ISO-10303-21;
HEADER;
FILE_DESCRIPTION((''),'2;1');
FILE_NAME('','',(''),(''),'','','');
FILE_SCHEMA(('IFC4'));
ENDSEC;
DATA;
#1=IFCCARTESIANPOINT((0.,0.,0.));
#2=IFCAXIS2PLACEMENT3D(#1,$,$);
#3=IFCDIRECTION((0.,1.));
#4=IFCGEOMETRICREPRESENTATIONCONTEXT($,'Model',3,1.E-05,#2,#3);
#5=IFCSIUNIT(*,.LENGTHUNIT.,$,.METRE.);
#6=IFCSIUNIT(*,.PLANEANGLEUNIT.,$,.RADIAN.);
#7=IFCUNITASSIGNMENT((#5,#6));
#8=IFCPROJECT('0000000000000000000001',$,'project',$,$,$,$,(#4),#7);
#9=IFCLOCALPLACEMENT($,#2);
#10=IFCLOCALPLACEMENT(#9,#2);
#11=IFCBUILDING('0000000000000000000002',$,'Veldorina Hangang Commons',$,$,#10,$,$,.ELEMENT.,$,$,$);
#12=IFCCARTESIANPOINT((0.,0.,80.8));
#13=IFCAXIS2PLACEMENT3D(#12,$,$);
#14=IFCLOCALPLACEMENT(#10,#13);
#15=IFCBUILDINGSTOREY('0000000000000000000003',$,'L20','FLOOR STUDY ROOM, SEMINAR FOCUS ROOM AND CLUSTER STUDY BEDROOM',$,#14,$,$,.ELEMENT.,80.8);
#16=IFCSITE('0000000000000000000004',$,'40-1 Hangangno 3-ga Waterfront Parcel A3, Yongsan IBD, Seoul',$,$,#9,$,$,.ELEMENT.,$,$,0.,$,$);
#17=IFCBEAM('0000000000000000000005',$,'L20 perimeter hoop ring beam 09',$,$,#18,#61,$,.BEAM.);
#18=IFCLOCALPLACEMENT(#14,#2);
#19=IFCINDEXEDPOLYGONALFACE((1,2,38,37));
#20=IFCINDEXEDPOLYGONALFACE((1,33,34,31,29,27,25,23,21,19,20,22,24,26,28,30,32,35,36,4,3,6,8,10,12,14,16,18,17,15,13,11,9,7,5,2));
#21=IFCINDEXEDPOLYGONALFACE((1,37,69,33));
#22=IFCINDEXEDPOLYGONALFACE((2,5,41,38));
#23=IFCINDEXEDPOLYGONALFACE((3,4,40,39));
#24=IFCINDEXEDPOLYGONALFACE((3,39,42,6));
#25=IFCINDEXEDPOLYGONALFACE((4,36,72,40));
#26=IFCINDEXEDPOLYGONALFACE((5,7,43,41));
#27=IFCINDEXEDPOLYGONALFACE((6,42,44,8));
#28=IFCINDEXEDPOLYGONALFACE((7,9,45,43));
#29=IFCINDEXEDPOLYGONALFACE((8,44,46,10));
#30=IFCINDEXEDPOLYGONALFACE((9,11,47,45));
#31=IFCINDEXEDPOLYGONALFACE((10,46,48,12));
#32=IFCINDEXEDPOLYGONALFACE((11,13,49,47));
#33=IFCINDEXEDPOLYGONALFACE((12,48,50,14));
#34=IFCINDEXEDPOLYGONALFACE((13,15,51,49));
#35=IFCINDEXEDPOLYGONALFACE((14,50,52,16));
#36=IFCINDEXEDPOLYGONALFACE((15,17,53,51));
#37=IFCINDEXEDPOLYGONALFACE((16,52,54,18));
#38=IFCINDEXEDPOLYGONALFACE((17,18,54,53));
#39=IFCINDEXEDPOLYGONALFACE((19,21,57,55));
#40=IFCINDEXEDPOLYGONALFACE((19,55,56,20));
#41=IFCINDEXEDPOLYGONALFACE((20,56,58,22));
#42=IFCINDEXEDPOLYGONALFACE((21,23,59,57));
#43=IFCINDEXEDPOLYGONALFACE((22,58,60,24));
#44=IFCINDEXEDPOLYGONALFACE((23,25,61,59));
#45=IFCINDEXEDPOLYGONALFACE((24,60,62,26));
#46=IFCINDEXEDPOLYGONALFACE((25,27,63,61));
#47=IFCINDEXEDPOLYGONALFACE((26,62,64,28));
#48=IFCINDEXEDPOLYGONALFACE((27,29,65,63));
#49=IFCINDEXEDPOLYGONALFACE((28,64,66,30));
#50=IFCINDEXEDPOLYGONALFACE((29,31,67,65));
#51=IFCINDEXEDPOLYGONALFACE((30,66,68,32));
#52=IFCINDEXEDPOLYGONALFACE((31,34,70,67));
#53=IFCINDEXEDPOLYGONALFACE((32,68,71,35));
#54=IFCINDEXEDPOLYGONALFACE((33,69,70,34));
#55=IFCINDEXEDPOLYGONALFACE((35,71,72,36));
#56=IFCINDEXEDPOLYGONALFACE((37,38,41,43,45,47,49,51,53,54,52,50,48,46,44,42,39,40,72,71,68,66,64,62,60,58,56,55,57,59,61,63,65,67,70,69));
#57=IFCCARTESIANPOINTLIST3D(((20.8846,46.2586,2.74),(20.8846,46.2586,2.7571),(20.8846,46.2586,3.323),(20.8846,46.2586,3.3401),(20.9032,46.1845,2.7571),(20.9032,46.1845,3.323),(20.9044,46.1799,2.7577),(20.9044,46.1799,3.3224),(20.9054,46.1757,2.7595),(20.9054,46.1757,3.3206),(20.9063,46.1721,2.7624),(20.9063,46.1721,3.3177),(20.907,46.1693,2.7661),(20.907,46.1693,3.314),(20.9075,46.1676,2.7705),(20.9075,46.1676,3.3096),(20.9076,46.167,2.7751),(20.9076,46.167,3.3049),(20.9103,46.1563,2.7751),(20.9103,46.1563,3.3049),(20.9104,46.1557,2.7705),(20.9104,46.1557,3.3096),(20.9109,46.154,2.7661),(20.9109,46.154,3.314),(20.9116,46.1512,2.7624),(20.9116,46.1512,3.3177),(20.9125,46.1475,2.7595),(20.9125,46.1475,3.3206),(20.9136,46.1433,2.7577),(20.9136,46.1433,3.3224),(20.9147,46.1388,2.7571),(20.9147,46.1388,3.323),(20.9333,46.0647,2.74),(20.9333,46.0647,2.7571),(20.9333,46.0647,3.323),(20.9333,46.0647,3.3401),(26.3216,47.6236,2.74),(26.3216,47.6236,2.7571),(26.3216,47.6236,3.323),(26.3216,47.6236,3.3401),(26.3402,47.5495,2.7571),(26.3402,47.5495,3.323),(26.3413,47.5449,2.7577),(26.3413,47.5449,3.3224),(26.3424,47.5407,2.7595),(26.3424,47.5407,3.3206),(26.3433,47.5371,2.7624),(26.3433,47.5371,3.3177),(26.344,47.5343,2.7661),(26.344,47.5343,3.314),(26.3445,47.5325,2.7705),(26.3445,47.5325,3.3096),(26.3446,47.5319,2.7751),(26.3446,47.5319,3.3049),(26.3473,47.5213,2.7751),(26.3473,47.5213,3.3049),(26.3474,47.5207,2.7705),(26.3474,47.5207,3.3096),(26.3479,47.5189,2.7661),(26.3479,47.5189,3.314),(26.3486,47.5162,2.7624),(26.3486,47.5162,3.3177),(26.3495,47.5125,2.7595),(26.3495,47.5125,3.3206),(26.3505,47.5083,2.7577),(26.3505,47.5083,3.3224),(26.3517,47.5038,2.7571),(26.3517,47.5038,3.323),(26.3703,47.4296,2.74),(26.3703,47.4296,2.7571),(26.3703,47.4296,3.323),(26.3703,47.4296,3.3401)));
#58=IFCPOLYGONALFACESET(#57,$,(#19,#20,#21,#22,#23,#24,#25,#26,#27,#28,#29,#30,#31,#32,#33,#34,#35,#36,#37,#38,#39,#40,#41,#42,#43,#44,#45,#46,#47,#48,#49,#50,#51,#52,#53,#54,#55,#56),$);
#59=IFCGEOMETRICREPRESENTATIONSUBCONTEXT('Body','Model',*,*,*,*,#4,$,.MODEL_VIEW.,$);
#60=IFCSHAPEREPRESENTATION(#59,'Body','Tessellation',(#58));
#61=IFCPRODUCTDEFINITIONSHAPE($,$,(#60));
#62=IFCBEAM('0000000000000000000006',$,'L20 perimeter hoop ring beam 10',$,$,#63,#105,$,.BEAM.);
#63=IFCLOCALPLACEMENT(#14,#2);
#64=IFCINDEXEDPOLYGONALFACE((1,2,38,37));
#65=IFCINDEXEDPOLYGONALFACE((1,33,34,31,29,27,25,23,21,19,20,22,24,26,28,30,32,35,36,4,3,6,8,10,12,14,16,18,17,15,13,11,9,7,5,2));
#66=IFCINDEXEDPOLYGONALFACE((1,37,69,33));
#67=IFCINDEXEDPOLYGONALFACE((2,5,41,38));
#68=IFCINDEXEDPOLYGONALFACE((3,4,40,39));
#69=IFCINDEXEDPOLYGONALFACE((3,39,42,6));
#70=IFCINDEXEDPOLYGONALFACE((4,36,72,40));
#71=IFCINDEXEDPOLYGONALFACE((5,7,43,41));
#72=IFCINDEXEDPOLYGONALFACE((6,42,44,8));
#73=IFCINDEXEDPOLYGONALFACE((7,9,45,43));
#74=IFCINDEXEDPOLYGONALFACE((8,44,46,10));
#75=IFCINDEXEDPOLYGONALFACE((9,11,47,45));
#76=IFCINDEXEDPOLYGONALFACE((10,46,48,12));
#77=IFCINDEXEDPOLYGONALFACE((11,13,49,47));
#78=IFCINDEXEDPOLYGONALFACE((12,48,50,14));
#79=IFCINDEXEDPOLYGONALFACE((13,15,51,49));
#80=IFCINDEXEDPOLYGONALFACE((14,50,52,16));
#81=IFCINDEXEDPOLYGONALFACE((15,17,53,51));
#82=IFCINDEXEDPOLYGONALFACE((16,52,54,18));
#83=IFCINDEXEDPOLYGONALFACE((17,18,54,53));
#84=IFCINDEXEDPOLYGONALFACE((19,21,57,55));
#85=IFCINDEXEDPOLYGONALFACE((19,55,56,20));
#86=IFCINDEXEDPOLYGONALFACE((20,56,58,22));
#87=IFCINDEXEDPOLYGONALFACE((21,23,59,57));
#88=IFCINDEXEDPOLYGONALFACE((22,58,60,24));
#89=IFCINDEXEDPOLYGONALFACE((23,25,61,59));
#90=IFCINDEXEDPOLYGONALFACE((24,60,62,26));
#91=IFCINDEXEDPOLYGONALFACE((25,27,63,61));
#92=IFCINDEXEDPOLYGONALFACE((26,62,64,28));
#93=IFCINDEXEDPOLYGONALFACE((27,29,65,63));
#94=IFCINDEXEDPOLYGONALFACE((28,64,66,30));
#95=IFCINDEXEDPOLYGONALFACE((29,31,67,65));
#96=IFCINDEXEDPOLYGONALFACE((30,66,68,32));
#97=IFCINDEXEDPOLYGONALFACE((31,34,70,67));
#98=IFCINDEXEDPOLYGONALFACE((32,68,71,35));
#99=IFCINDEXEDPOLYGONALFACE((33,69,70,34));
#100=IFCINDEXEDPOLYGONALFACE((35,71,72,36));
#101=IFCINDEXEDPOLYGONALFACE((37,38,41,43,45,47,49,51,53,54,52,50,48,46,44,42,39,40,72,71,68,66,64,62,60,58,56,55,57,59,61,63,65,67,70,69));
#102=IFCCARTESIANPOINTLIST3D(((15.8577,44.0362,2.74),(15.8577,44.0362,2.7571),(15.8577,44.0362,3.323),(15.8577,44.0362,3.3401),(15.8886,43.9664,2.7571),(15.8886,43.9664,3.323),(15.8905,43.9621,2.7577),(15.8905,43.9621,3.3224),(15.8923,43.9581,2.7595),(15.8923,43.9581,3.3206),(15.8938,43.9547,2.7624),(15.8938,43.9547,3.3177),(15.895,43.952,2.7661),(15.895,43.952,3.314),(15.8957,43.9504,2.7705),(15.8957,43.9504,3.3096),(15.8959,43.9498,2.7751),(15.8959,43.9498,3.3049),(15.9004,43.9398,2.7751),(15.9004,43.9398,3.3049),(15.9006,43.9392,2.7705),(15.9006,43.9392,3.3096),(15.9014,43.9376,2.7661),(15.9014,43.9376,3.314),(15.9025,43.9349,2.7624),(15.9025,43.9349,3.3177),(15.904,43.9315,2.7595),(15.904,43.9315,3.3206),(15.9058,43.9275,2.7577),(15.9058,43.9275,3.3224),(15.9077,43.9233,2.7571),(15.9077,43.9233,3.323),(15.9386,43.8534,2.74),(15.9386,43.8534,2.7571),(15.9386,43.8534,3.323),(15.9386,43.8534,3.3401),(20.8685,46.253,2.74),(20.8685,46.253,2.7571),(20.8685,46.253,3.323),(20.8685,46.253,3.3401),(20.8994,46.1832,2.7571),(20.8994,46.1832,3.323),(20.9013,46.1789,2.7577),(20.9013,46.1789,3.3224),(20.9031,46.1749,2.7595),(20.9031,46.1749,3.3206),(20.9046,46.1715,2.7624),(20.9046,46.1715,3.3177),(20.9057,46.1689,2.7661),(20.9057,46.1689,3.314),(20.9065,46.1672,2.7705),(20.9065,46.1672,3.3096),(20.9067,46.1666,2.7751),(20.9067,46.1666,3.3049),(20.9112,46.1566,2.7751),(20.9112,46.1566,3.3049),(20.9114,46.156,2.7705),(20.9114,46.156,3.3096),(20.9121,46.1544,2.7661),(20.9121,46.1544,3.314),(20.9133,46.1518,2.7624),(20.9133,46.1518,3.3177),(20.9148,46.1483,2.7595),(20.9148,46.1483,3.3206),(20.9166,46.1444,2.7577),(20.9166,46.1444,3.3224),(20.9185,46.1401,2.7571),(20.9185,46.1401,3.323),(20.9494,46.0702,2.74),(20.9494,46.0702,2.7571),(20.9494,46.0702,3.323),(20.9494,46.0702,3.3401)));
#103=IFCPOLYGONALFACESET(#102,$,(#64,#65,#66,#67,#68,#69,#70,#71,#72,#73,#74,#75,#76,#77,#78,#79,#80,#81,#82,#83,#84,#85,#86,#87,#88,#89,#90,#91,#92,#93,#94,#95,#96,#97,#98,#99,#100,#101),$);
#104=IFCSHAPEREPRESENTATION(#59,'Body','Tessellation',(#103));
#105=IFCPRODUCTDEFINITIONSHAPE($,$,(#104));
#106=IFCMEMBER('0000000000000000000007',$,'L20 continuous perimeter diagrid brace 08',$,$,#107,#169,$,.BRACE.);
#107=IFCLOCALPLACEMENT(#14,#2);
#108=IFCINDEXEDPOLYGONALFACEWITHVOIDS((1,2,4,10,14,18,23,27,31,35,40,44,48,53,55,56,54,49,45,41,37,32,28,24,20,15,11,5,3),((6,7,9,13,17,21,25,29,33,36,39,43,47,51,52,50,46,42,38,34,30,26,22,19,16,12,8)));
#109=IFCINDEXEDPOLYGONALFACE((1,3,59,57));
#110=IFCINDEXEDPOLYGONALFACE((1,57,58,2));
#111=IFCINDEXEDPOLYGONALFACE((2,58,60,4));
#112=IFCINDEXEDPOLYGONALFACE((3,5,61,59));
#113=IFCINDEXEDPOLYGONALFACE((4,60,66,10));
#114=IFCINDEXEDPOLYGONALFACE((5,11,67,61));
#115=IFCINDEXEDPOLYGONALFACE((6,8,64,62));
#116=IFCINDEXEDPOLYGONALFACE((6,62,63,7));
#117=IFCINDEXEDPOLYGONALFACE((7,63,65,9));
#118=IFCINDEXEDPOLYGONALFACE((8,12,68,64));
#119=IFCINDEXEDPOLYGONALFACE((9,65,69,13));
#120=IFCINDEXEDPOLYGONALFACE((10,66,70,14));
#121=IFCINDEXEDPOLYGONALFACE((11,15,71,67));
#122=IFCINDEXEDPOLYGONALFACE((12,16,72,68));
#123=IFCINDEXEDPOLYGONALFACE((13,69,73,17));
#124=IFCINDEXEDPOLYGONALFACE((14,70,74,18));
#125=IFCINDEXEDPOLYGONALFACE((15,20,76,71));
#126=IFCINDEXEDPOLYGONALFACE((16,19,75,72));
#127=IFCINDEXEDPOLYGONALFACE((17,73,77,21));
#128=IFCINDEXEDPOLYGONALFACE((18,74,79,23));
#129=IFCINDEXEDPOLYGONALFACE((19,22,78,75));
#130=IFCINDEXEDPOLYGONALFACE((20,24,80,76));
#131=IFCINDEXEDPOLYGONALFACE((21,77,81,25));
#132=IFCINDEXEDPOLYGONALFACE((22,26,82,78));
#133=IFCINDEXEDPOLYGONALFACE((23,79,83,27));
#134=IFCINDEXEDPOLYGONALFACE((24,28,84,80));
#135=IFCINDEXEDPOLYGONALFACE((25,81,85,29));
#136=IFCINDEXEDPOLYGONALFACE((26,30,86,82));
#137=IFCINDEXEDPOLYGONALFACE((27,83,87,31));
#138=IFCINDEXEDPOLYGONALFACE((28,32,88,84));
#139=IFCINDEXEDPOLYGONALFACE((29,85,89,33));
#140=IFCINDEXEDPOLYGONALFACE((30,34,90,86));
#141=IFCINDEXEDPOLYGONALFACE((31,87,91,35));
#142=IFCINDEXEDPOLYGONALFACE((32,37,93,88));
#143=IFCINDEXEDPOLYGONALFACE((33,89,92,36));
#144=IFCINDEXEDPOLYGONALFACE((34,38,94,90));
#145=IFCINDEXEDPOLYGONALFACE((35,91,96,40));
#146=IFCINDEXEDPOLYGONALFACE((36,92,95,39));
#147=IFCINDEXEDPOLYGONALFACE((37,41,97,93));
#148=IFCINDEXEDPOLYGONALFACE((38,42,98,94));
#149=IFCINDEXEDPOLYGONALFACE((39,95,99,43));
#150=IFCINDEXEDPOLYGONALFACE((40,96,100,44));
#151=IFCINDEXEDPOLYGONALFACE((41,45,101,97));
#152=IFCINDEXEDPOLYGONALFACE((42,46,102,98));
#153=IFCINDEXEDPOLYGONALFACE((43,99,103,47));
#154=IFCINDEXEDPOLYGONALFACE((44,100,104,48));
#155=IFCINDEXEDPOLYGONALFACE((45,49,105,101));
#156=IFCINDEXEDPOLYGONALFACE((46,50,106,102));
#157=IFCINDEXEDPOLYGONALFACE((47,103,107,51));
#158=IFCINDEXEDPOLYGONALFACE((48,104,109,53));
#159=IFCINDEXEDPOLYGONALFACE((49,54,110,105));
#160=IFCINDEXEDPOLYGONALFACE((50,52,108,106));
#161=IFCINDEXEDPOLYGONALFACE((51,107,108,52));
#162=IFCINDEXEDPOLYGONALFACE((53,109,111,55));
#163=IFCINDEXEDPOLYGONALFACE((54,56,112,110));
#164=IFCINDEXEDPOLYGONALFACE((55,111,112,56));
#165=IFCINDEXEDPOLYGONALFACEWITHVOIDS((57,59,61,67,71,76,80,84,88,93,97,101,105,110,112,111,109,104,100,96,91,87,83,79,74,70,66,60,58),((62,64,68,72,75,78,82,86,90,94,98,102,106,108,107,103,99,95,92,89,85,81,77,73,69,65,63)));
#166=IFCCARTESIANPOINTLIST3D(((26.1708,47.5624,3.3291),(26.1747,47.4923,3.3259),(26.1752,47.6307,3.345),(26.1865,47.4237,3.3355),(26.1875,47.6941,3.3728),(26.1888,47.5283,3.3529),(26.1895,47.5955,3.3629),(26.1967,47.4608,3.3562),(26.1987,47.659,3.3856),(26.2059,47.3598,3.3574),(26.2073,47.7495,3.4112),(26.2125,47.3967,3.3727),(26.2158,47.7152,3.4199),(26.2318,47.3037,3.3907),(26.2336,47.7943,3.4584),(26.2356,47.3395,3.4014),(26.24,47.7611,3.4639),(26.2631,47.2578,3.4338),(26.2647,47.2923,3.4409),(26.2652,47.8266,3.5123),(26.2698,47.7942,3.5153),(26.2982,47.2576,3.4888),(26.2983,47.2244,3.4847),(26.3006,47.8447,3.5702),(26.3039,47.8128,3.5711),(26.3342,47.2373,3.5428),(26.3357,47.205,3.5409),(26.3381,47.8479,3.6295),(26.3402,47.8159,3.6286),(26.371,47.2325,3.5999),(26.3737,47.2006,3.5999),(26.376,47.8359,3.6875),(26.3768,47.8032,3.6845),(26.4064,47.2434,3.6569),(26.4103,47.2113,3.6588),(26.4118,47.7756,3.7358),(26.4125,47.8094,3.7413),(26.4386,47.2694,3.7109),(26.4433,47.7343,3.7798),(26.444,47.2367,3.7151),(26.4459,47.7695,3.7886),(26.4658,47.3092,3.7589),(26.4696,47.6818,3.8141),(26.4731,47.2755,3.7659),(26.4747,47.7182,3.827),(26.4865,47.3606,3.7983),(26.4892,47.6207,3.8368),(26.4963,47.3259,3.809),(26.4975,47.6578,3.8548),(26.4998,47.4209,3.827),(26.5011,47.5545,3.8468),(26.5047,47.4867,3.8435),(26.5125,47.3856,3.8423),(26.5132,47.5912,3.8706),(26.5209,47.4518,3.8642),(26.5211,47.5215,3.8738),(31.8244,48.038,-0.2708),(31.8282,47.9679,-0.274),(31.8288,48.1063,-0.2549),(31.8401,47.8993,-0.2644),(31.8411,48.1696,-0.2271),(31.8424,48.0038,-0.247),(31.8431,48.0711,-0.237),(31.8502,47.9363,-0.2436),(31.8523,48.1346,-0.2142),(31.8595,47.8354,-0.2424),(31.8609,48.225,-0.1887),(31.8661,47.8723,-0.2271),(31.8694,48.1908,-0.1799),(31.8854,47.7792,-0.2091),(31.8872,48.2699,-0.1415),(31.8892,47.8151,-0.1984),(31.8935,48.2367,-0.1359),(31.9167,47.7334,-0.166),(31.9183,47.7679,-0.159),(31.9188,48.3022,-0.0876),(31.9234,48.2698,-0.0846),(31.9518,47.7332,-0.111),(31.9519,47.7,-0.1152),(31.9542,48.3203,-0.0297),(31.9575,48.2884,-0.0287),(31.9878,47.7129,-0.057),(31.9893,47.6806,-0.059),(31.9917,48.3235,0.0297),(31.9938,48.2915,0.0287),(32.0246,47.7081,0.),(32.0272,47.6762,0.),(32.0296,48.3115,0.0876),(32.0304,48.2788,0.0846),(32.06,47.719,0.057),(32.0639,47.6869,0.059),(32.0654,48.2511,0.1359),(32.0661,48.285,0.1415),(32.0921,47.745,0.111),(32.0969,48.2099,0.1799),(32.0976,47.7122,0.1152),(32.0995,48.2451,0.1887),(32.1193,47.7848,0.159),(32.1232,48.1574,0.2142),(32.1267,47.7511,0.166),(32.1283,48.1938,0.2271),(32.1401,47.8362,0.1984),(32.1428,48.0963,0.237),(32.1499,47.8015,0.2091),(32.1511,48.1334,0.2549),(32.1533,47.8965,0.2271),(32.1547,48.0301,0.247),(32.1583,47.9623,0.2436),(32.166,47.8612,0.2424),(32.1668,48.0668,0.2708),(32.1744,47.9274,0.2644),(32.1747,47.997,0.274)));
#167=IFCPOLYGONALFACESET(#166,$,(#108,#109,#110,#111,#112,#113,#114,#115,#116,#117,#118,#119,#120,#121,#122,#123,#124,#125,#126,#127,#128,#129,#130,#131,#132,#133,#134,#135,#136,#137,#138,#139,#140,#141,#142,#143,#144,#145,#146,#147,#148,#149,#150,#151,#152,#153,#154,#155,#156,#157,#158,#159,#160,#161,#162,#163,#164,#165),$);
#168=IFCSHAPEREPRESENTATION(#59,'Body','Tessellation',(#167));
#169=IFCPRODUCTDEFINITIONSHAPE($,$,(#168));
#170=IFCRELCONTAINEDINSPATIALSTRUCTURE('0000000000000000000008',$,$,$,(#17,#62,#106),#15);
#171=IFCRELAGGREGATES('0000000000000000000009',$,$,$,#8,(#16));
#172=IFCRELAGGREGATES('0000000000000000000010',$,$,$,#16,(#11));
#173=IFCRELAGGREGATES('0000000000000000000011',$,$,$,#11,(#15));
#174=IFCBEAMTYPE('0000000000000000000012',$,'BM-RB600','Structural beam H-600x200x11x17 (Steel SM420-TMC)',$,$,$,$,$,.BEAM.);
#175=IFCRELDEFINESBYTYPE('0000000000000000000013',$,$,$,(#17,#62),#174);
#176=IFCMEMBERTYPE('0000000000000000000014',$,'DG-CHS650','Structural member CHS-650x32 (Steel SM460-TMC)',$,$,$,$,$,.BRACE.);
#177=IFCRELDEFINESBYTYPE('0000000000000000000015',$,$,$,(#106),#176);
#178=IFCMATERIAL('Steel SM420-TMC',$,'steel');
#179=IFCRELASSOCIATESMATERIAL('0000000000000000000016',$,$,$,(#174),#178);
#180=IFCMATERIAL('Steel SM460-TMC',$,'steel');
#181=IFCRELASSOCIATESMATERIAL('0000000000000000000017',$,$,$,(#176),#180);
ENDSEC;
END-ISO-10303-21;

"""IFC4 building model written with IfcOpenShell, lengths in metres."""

from ifc_helpers import new_model, si_unit, direction, frame, origin, origin_2d, place, context, subcontext, project, spatial, hollow_circle, i_section, extrude, material, material_profile, profile_set, type_object, element, save


model = new_model("IFC4")

# Units and contexts
model_context = context("Model", 3, precision=1e-05, world=origin(), true_north=direction((0.0, 1.0)))
body_context = subcontext(model_context, "Body", "Model", "MODEL_VIEW")
ifc_project = project(units=[si_unit("LENGTHUNIT", "METRE"), si_unit("PLANEANGLEUNIT", "RADIAN")], contexts=[model_context])

# Site, building, storey
site_placement = place(None, origin())
site = spatial("IfcSite", under=ifc_project, at=site_placement, Name="40-1 Hangangno 3-ga Waterfront Parcel A3, Yongsan IBD, Seoul", CompositionType="ELEMENT", RefElevation=0.0)
building_placement = place(site_placement, origin())
building = spatial("IfcBuilding", under=site, at=building_placement, Name="Veldorina Hangang Commons", CompositionType="ELEMENT")
storey_placement = place(building_placement, frame((0.0, 0.0, 80.8)))
storey = spatial("IfcBuildingStorey", under=building, at=storey_placement, Name="L20", Description="FLOOR STUDY ROOM, SEMINAR FOCUS ROOM AND CLUSTER STUDY BEDROOM", CompositionType="ELEMENT", Elevation=80.8)

# Beams
ifc_material_1 = material(Name="Steel SM420-TMC", Category="steel")
ifc_material_profile_1 = material_profile(ifc_material_1, i_section(OverallWidth=0.2, OverallDepth=0.6001, WebThickness=0.011, FlangeThickness=0.0171, FilletRadius=0.0181, at=origin_2d()), Name="H-600x200x11x17")
ifc_profile_set_1 = profile_set([ifc_material_profile_1], Name="Steel SM420-TMC")
beam_type_1 = type_object("IfcBeamType", Name="BM-RB600", Description="Structural beam H-600x200x11x17 (Steel SM420-TMC)", PredefinedType="BEAM", material=ifc_profile_set_1)
beam_1_placement = place(storey_placement, frame((26.3459, 47.5266, 3.04), z_axis=(-0.969901, -0.243499, 0.0), x_axis=(0.243499, -0.969901, 0.0)))
element("IfcBeam", 1, at=beam_1_placement, inside=storey, type_object=beam_type_1, Name="L20 perimeter hoop ring beam 09", PredefinedType="BEAM", context=body_context, shape_type="SweptSolid", body=[
    extrude(i_section(OverallWidth=0.2, OverallDepth=0.6001, WebThickness=0.011, FlangeThickness=0.0171, FilletRadius=0.0181, at=origin_2d()), origin(), (0.0, 0.0, 1.0), 5.6057),
])
beam_2_placement = place(storey_placement, frame((20.9089, 46.1616, 3.04), z_axis=(-0.914501, -0.404583, 0.0), x_axis=(0.404583, -0.914501, 0.0)))
element("IfcBeam", 2, at=beam_2_placement, inside=storey, type_object=beam_type_1, Name="L20 perimeter hoop ring beam 10", PredefinedType="BEAM", context=body_context, shape_type="SweptSolid", body=[
    extrude(i_section(OverallWidth=0.2, OverallDepth=0.6001, WebThickness=0.011, FlangeThickness=0.0171, FilletRadius=0.0181, at=origin_2d()), origin(), (0.0, 0.0, 1.0), 5.4792),
])

# Member
ifc_material_2 = material(Name="Steel SM460-TMC", Category="steel")
ifc_material_profile_2 = material_profile(ifc_material_2, hollow_circle(Radius=0.325, WallThickness=0.032, at=origin_2d()), Name="CHS-650x32")
ifc_profile_set_2 = profile_set([ifc_material_profile_2], Name="Steel SM460-TMC")
member_type = type_object("IfcMemberType", Name="DG-CHS650", Description="Structural member CHS-650x32 (Steel SM460-TMC)", PredefinedType="BRACE", material=ifc_profile_set_2)
member_1_placement = place(storey_placement, frame((32.0, 48.0, 0.0), z_axis=(-0.841402, -0.07078, 0.535755), x_axis=(0.083825, -0.99648, 0.0)))
element("IfcMember", 3, at=member_1_placement, inside=storey, type_object=member_type, Name="L20 continuous perimeter diagrid brace 08", PredefinedType="BRACE", context=body_context, shape_type="SweptSolid", body=[
    extrude(hollow_circle(Radius=0.325, WallThickness=0.032, at=origin_2d()), origin(), (0.0, 0.0, 1.0), 6.7192),
])

save(model, "model.ifc")
